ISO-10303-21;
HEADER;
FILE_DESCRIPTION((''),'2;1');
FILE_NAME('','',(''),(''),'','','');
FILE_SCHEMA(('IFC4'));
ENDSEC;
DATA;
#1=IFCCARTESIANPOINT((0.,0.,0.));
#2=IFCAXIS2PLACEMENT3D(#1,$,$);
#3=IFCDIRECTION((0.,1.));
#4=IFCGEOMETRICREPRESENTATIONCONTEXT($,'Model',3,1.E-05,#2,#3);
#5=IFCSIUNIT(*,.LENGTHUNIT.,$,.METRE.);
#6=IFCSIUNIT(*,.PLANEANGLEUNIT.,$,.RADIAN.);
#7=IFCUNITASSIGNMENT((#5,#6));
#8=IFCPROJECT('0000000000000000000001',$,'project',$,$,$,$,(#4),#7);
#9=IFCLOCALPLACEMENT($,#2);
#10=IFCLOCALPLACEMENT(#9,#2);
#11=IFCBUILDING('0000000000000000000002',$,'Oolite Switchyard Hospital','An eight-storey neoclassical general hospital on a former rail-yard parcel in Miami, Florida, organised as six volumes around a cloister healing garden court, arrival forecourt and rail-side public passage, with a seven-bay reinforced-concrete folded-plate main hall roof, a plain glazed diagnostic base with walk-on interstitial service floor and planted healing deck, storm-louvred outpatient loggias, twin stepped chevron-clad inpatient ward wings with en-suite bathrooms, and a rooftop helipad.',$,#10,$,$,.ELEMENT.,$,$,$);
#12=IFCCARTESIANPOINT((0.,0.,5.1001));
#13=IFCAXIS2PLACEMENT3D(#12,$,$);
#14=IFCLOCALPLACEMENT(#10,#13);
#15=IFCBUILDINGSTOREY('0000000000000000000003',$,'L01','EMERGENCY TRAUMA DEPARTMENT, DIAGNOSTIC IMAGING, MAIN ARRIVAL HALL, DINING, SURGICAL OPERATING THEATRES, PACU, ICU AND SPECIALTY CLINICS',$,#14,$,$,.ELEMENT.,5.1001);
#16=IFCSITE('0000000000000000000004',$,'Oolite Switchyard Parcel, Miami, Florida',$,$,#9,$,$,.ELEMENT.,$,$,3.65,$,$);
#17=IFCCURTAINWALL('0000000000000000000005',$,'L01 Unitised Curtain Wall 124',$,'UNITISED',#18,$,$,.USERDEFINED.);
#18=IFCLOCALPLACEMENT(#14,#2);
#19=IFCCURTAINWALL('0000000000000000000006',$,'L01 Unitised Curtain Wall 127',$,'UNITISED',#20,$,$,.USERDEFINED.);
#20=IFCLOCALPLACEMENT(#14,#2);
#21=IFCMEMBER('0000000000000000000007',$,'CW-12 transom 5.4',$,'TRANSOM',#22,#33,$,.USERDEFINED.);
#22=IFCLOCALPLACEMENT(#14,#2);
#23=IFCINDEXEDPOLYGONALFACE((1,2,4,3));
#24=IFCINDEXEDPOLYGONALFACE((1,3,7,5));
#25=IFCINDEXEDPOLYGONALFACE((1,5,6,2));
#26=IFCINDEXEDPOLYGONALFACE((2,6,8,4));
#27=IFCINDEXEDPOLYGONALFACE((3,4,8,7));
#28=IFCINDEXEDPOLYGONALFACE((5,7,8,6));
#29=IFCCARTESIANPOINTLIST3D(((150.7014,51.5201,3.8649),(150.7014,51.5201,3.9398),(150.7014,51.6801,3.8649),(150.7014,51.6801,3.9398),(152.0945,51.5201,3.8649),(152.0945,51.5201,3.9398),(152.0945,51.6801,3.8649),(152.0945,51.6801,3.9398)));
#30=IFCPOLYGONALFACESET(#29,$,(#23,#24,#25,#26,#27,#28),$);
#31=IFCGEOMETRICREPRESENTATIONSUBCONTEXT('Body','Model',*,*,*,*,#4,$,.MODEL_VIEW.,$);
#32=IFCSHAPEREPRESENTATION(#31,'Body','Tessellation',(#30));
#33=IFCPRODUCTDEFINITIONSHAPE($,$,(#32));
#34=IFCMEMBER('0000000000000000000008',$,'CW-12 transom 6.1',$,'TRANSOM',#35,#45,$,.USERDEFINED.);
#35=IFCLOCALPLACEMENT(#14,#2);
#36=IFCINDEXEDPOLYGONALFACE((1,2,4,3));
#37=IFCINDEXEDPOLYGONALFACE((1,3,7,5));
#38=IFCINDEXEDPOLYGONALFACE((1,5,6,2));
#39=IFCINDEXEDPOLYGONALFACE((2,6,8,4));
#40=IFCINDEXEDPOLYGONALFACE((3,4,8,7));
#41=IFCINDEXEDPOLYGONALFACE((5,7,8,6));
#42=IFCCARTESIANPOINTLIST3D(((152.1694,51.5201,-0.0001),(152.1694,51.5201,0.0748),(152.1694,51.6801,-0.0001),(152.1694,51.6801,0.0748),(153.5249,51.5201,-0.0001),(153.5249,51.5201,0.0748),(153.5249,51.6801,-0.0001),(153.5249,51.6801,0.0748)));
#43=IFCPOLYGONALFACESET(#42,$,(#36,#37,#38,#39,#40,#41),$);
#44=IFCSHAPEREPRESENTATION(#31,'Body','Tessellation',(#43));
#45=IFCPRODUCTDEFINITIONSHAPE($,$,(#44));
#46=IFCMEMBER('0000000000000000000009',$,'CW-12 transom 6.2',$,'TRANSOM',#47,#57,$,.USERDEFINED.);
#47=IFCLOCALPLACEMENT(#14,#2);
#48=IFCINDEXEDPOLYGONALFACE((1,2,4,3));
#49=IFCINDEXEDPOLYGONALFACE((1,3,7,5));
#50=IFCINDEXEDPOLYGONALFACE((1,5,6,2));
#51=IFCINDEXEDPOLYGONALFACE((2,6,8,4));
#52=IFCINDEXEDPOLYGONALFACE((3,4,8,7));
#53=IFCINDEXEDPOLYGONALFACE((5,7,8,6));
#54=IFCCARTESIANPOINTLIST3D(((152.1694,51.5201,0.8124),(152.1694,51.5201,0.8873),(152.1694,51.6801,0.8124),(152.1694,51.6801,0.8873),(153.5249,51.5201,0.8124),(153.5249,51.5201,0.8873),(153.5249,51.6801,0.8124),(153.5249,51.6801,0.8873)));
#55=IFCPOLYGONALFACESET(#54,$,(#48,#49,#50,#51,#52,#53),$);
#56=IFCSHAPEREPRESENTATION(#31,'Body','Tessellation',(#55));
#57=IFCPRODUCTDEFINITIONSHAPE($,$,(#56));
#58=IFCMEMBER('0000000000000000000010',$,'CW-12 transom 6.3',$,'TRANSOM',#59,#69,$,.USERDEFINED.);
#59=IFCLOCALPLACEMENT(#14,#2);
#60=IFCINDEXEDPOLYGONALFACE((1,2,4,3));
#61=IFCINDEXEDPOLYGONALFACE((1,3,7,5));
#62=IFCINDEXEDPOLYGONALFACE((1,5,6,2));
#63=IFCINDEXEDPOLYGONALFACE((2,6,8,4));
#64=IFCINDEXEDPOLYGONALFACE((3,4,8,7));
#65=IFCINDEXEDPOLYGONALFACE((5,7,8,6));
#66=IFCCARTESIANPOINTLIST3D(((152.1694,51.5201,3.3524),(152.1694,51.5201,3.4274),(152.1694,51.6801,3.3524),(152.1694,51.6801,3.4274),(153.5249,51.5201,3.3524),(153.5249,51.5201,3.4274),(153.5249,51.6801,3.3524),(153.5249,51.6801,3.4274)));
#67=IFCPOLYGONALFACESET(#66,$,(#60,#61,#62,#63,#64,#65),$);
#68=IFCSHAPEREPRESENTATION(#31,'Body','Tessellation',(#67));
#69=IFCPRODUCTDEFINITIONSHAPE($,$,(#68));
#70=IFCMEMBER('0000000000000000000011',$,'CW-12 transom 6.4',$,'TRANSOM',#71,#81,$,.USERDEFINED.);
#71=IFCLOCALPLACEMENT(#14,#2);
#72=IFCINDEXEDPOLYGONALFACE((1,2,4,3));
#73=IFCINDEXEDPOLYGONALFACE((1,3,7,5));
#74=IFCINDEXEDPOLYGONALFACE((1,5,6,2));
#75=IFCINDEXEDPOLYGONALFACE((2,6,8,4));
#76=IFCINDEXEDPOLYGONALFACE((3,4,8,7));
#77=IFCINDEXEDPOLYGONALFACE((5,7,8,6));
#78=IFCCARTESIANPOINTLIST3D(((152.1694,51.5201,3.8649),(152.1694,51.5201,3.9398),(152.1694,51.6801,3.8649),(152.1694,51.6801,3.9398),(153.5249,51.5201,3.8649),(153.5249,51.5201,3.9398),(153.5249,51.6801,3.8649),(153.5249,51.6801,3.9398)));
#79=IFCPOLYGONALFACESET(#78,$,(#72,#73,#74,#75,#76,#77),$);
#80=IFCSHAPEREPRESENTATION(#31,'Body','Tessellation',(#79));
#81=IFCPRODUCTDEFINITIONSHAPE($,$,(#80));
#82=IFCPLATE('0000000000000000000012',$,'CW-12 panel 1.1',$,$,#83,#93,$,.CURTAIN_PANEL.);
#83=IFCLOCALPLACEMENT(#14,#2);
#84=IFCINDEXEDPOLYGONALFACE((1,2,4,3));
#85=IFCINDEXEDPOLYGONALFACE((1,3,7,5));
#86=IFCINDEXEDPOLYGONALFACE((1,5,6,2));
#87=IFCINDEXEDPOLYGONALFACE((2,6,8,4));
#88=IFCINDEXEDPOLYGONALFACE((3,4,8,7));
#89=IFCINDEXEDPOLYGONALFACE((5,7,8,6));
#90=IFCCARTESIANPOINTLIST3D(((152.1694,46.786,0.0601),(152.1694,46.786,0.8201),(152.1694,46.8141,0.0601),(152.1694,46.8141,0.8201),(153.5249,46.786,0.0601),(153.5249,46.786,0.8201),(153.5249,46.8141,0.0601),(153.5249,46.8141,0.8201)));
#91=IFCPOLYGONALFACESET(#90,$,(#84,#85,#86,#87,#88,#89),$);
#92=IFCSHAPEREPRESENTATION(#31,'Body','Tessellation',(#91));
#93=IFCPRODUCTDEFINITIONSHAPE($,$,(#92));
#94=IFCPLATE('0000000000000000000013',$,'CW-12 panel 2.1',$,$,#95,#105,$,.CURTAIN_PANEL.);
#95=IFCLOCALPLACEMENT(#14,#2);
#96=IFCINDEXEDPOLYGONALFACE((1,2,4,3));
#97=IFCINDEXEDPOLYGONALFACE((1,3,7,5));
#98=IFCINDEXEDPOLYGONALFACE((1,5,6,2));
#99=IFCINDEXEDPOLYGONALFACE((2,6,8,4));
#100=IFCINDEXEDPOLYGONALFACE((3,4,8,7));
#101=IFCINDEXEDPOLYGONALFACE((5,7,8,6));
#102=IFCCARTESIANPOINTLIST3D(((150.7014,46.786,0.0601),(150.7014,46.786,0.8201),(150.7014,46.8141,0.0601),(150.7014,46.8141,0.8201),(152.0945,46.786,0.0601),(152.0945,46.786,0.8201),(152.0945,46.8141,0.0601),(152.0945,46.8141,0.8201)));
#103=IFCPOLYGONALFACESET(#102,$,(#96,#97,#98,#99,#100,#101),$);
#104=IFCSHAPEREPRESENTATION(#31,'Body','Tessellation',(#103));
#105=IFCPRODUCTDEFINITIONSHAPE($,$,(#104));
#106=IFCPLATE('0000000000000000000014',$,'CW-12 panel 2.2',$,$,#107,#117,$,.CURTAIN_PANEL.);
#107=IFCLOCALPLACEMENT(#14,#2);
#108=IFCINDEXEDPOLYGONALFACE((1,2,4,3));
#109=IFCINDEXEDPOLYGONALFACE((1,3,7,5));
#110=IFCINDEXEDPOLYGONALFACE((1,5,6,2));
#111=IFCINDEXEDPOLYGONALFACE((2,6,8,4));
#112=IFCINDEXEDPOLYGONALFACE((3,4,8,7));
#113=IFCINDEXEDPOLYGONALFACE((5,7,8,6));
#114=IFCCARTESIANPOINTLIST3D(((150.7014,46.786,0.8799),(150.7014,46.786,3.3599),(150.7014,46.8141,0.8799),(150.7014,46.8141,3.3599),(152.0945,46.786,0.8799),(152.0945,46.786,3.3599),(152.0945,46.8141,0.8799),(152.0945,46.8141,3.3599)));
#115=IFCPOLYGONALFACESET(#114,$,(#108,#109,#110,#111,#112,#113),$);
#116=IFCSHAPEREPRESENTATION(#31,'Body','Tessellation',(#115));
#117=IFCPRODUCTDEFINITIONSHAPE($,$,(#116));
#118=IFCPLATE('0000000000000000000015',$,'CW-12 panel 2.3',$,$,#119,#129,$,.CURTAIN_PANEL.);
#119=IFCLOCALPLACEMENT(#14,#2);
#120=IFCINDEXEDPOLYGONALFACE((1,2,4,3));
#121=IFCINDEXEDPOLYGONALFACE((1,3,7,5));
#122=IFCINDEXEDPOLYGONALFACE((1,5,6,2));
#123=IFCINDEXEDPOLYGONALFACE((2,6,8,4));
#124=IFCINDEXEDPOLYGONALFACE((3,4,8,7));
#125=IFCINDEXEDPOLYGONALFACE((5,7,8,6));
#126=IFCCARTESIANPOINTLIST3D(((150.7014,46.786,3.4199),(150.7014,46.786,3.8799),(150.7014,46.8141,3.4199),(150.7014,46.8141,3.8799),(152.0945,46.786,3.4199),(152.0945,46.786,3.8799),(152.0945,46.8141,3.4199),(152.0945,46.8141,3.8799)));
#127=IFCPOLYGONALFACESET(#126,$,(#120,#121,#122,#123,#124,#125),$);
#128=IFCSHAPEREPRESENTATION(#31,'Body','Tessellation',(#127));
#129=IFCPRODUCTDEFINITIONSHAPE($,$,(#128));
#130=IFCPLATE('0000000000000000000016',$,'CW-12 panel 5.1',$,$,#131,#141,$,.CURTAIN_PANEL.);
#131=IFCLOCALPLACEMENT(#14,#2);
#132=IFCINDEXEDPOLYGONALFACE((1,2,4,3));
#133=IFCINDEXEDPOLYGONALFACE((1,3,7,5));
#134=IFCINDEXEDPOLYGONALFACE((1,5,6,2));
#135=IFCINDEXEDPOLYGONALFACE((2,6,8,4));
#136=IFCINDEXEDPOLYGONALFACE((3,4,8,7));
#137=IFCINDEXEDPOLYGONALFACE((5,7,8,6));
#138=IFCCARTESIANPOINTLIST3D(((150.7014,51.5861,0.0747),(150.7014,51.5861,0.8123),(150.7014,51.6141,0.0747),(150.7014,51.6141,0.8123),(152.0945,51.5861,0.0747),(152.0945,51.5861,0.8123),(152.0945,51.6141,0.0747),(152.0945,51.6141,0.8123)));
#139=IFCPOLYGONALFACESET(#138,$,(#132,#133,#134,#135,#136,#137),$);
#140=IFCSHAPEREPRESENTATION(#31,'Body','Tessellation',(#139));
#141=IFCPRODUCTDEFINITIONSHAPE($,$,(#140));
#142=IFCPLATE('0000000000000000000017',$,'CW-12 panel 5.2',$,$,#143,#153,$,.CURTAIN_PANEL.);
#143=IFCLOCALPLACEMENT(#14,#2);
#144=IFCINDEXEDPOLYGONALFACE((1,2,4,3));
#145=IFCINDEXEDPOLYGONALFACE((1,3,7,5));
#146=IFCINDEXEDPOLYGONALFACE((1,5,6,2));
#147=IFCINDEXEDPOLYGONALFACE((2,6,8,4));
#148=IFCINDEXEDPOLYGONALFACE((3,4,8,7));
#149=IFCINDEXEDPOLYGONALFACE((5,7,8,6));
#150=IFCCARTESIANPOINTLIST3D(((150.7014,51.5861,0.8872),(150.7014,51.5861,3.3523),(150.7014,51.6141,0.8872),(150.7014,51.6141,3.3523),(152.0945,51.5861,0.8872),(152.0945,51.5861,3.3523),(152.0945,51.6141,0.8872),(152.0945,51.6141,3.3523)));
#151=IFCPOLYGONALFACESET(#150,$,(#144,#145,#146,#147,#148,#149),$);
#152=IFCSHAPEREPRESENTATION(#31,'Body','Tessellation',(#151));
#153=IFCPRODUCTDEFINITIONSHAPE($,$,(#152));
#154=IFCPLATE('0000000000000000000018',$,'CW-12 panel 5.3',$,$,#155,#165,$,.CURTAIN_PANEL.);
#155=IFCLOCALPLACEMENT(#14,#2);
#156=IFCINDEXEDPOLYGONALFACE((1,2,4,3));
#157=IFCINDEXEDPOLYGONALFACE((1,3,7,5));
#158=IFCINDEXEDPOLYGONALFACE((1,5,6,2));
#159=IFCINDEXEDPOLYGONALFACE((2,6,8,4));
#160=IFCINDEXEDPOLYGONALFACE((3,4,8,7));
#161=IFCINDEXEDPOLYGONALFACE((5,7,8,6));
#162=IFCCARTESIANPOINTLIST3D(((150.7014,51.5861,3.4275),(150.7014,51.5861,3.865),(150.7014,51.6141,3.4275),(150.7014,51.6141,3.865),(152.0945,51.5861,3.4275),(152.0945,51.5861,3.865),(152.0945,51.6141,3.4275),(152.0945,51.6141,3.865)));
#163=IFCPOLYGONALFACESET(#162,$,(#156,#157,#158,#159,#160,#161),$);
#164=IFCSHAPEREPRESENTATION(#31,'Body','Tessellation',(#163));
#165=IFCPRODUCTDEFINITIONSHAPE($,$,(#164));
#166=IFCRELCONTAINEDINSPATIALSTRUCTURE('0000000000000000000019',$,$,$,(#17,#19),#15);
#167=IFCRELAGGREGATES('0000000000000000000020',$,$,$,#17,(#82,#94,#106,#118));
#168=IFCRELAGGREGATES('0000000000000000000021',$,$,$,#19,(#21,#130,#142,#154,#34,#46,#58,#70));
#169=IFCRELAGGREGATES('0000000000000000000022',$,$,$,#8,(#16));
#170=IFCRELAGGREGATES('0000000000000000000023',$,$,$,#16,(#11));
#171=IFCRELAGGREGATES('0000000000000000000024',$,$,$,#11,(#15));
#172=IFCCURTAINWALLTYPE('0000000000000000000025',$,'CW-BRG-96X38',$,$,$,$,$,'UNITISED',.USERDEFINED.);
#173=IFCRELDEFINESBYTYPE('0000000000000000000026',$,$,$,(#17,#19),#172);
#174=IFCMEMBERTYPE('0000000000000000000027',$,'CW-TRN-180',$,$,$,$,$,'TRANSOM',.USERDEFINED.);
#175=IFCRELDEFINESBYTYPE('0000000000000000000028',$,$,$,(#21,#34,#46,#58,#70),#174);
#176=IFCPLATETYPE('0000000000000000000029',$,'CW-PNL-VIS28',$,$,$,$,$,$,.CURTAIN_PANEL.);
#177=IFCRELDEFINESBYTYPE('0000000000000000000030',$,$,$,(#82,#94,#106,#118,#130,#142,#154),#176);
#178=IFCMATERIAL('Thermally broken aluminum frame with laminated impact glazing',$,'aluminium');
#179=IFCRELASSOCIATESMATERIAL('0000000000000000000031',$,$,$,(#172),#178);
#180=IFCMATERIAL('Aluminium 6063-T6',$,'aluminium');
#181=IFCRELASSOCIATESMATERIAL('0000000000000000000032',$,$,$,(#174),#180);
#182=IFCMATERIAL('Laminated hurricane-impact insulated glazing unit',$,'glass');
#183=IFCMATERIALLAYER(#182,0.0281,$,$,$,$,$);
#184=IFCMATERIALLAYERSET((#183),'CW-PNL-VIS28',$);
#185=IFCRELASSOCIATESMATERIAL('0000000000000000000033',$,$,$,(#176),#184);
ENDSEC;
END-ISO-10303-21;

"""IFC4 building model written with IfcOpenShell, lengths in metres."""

from ifc_helpers import new_model, si_unit, direction, frame, origin, origin_2d, place, context, subcontext, project, spatial, rectangle, extrude, material, layer, layer_set, material_profile, profile_set, type_object, element, aggregate, save


model = new_model("IFC4")

# Units and contexts
model_context = context("Model", 3, precision=1e-05, world=origin(), true_north=direction((0.0, 1.0)))
body_context = subcontext(model_context, "Body", "Model", "MODEL_VIEW")
ifc_project = project(units=[si_unit("LENGTHUNIT", "METRE"), si_unit("PLANEANGLEUNIT", "RADIAN")], contexts=[model_context])

# Site, building, storey
site_placement = place(None, origin())
site = spatial("IfcSite", under=ifc_project, at=site_placement, Name="Oolite Switchyard Parcel, Miami, Florida", CompositionType="ELEMENT", RefElevation=3.65)
building_placement = place(site_placement, origin())
building = spatial("IfcBuilding", under=site, at=building_placement, Name="Oolite Switchyard Hospital", Description="An eight-storey neoclassical general hospital on a former rail-yard parcel in Miami, Florida, organised as six volumes around a cloister healing garden court, arrival forecourt and rail-side public passage, with a seven-bay reinforced-concrete folded-plate main hall roof, a plain glazed diagnostic base with walk-on interstitial service floor and planted healing deck, storm-louvred outpatient loggias, twin stepped chevron-clad inpatient ward wings with en-suite bathrooms, and a rooftop helipad.", CompositionType="ELEMENT")
storey_placement = place(building_placement, frame((0.0, 0.0, 5.1001)))
storey = spatial("IfcBuildingStorey", under=building, at=storey_placement, Name="L01", Description="EMERGENCY TRAUMA DEPARTMENT, DIAGNOSTIC IMAGING, MAIN ARRIVAL HALL, DINING, SURGICAL OPERATING THEATRES, PACU, ICU AND SPECIALTY CLINICS", CompositionType="ELEMENT", Elevation=5.1001)

# Curtain walls
ifc_material_1 = material(Name="Thermally broken aluminum frame with laminated impact glazing", Category="aluminium")
curtain_wall_type = type_object("IfcCurtainWallType", Name="CW-BRG-96X38", ElementType="UNITISED", PredefinedType="USERDEFINED", material=ifc_material_1)
curtain_wall_1_placement = place(storey_placement, origin())
curtain_wall_1 = element("IfcCurtainWall", 1, at=curtain_wall_1_placement, inside=storey, type_object=curtain_wall_type, Name="L01 Unitised Curtain Wall 124", ObjectType="UNITISED", PredefinedType="USERDEFINED")
ifc_material_2 = material(Name="Aluminium 6063-T6", Category="aluminium")
curtain_wall_2_placement = place(storey_placement, origin())
curtain_wall_2 = element("IfcCurtainWall", 2, at=curtain_wall_2_placement, inside=storey, type_object=curtain_wall_type, Name="L01 Unitised Curtain Wall 127", ObjectType="UNITISED", PredefinedType="USERDEFINED")

# Members
ifc_material_profile_1 = material_profile(ifc_material_2, rectangle(XDim=0.1599, YDim=0.075, at=origin_2d()), Name="CWT75X160")
ifc_profile_set_1 = profile_set([ifc_material_profile_1], Name="Aluminium 6063-T6")
member_type_1 = type_object("IfcMemberType", Name="CW-TRN-180", ElementType="TRANSOM", PredefinedType="USERDEFINED", material=ifc_profile_set_1)
member_1_placement = place(storey_placement, frame((150.7014, 51.6001, 3.9023), z_axis=(1.0, 0.0, 0.0), x_axis=(0.0, 1.0, 0.0)))
member_1 = element("IfcMember", 3, at=member_1_placement, type_object=member_type_1, Name="CW-12 transom 5.4", ObjectType="TRANSOM", PredefinedType="USERDEFINED", context=body_context, shape_type="SweptSolid", body=[
    extrude(rectangle(XDim=0.1599, YDim=0.075, at=origin_2d()), origin(), (0.0, 0.0, 1.0), 1.3931),
])
member_2_placement = place(storey_placement, frame((152.1694, 51.6001, 0.0374), z_axis=(1.0, 0.0, 0.0), x_axis=(0.0, 1.0, 0.0)))
member_2 = element("IfcMember", 4, at=member_2_placement, type_object=member_type_1, Name="CW-12 transom 6.1", ObjectType="TRANSOM", PredefinedType="USERDEFINED", context=body_context, shape_type="SweptSolid", body=[
    extrude(rectangle(XDim=0.1599, YDim=0.075, at=origin_2d()), origin(), (0.0, 0.0, 1.0), 1.3555),
])
member_3_placement = place(storey_placement, frame((152.1694, 51.6001, 0.8499), z_axis=(1.0, 0.0, 0.0), x_axis=(0.0, 1.0, 0.0)))
member_3 = element("IfcMember", 5, at=member_3_placement, type_object=member_type_1, Name="CW-12 transom 6.2", ObjectType="TRANSOM", PredefinedType="USERDEFINED", context=body_context, shape_type="SweptSolid", body=[
    extrude(rectangle(XDim=0.1599, YDim=0.075, at=origin_2d()), origin(), (0.0, 0.0, 1.0), 1.3555),
])
member_4_placement = place(storey_placement, frame((152.1694, 51.6001, 3.3899), z_axis=(1.0, 0.0, 0.0), x_axis=(0.0, 1.0, 0.0)))
member_4 = element("IfcMember", 6, at=member_4_placement, type_object=member_type_1, Name="CW-12 transom 6.3", ObjectType="TRANSOM", PredefinedType="USERDEFINED", context=body_context, shape_type="SweptSolid", body=[
    extrude(rectangle(XDim=0.1599, YDim=0.075, at=origin_2d()), origin(), (0.0, 0.0, 1.0), 1.3555),
])
member_5_placement = place(storey_placement, frame((152.1694, 51.6001, 3.9023), z_axis=(1.0, 0.0, 0.0), x_axis=(0.0, 1.0, 0.0)))
member_5 = element("IfcMember", 7, at=member_5_placement, type_object=member_type_1, Name="CW-12 transom 6.4", ObjectType="TRANSOM", PredefinedType="USERDEFINED", context=body_context, shape_type="SweptSolid", body=[
    extrude(rectangle(XDim=0.1599, YDim=0.075, at=origin_2d()), origin(), (0.0, 0.0, 1.0), 1.3555),
])

# Plates
ifc_material_3 = material(Name="Laminated hurricane-impact insulated glazing unit", Category="glass")
ifc_layer = layer(ifc_material_3, 0.0281)
ifc_layer_set = layer_set([ifc_layer], Name="CW-PNL-VIS28")
plate_type = type_object("IfcPlateType", Name="CW-PNL-VIS28", PredefinedType="CURTAIN_PANEL", material=ifc_layer_set)
plate_1_placement = place(storey_placement, frame((152.8472, 46.8, 0.0601), z_axis=(0.0, 0.0, 1.0), x_axis=(-1.0, 0.0, 0.0)))
plate_1 = element("IfcPlate", 8, at=plate_1_placement, type_object=plate_type, Name="CW-12 panel 1.1", PredefinedType="CURTAIN_PANEL", context=body_context, shape_type="SweptSolid", body=[
    extrude(rectangle(XDim=1.3555, YDim=0.0281, at=origin_2d()), origin(), (0.0, 0.0, 1.0), 0.76),
])
plate_2_placement = place(storey_placement, frame((151.3979, 46.8, 0.0601), z_axis=(0.0, 0.0, 1.0), x_axis=(-1.0, 0.0, 0.0)))
plate_2 = element("IfcPlate", 9, at=plate_2_placement, type_object=plate_type, Name="CW-12 panel 2.1", PredefinedType="CURTAIN_PANEL", context=body_context, shape_type="SweptSolid", body=[
    extrude(rectangle(XDim=1.3931, YDim=0.0281, at=origin_2d()), origin(), (0.0, 0.0, 1.0), 0.76),
])
plate_3_placement = place(storey_placement, frame((151.3979, 46.8, 0.8799), z_axis=(0.0, 0.0, 1.0), x_axis=(-1.0, 0.0, 0.0)))
plate_3 = element("IfcPlate", 10, at=plate_3_placement, type_object=plate_type, Name="CW-12 panel 2.2", PredefinedType="CURTAIN_PANEL", context=body_context, shape_type="SweptSolid", body=[
    extrude(rectangle(XDim=1.3931, YDim=0.0281, at=origin_2d()), origin(), (0.0, 0.0, 1.0), 2.48),
])
plate_4_placement = place(storey_placement, frame((151.3979, 46.8, 3.4199), z_axis=(0.0, 0.0, 1.0), x_axis=(-1.0, 0.0, 0.0)))
plate_4 = element("IfcPlate", 11, at=plate_4_placement, type_object=plate_type, Name="CW-12 panel 2.3", PredefinedType="CURTAIN_PANEL", context=body_context, shape_type="SweptSolid", body=[
    extrude(rectangle(XDim=1.3931, YDim=0.0281, at=origin_2d()), origin(), (0.0, 0.0, 1.0), 0.46),
])
aggregate(curtain_wall_1, [plate_1, plate_2, plate_3, plate_4])
plate_5_placement = place(storey_placement, frame((151.3979, 51.6001, 0.0747), z_axis=(0.0, 0.0, 1.0), x_axis=(1.0, 0.0, 0.0)))
plate_5 = element("IfcPlate", 12, at=plate_5_placement, type_object=plate_type, Name="CW-12 panel 5.1", PredefinedType="CURTAIN_PANEL", context=body_context, shape_type="SweptSolid", body=[
    extrude(rectangle(XDim=1.3931, YDim=0.0281, at=origin_2d()), origin(), (0.0, 0.0, 1.0), 0.7375),
])
plate_6_placement = place(storey_placement, frame((151.3979, 51.6001, 0.8872), z_axis=(0.0, 0.0, 1.0), x_axis=(1.0, 0.0, 0.0)))
plate_6 = element("IfcPlate", 13, at=plate_6_placement, type_object=plate_type, Name="CW-12 panel 5.2", PredefinedType="CURTAIN_PANEL", context=body_context, shape_type="SweptSolid", body=[
    extrude(rectangle(XDim=1.3931, YDim=0.0281, at=origin_2d()), origin(), (0.0, 0.0, 1.0), 2.4651),
])
plate_7_placement = place(storey_placement, frame((151.3979, 51.6001, 3.4275), z_axis=(0.0, 0.0, 1.0), x_axis=(1.0, 0.0, 0.0)))
plate_7 = element("IfcPlate", 14, at=plate_7_placement, type_object=plate_type, Name="CW-12 panel 5.3", PredefinedType="CURTAIN_PANEL", context=body_context, shape_type="SweptSolid", body=[
    extrude(rectangle(XDim=1.3931, YDim=0.0281, at=origin_2d()), origin(), (0.0, 0.0, 1.0), 0.4375),
])
aggregate(curtain_wall_2, [member_1, plate_5, plate_6, plate_7, member_2, member_3, member_4, member_5])

save(model, "model.ifc")
